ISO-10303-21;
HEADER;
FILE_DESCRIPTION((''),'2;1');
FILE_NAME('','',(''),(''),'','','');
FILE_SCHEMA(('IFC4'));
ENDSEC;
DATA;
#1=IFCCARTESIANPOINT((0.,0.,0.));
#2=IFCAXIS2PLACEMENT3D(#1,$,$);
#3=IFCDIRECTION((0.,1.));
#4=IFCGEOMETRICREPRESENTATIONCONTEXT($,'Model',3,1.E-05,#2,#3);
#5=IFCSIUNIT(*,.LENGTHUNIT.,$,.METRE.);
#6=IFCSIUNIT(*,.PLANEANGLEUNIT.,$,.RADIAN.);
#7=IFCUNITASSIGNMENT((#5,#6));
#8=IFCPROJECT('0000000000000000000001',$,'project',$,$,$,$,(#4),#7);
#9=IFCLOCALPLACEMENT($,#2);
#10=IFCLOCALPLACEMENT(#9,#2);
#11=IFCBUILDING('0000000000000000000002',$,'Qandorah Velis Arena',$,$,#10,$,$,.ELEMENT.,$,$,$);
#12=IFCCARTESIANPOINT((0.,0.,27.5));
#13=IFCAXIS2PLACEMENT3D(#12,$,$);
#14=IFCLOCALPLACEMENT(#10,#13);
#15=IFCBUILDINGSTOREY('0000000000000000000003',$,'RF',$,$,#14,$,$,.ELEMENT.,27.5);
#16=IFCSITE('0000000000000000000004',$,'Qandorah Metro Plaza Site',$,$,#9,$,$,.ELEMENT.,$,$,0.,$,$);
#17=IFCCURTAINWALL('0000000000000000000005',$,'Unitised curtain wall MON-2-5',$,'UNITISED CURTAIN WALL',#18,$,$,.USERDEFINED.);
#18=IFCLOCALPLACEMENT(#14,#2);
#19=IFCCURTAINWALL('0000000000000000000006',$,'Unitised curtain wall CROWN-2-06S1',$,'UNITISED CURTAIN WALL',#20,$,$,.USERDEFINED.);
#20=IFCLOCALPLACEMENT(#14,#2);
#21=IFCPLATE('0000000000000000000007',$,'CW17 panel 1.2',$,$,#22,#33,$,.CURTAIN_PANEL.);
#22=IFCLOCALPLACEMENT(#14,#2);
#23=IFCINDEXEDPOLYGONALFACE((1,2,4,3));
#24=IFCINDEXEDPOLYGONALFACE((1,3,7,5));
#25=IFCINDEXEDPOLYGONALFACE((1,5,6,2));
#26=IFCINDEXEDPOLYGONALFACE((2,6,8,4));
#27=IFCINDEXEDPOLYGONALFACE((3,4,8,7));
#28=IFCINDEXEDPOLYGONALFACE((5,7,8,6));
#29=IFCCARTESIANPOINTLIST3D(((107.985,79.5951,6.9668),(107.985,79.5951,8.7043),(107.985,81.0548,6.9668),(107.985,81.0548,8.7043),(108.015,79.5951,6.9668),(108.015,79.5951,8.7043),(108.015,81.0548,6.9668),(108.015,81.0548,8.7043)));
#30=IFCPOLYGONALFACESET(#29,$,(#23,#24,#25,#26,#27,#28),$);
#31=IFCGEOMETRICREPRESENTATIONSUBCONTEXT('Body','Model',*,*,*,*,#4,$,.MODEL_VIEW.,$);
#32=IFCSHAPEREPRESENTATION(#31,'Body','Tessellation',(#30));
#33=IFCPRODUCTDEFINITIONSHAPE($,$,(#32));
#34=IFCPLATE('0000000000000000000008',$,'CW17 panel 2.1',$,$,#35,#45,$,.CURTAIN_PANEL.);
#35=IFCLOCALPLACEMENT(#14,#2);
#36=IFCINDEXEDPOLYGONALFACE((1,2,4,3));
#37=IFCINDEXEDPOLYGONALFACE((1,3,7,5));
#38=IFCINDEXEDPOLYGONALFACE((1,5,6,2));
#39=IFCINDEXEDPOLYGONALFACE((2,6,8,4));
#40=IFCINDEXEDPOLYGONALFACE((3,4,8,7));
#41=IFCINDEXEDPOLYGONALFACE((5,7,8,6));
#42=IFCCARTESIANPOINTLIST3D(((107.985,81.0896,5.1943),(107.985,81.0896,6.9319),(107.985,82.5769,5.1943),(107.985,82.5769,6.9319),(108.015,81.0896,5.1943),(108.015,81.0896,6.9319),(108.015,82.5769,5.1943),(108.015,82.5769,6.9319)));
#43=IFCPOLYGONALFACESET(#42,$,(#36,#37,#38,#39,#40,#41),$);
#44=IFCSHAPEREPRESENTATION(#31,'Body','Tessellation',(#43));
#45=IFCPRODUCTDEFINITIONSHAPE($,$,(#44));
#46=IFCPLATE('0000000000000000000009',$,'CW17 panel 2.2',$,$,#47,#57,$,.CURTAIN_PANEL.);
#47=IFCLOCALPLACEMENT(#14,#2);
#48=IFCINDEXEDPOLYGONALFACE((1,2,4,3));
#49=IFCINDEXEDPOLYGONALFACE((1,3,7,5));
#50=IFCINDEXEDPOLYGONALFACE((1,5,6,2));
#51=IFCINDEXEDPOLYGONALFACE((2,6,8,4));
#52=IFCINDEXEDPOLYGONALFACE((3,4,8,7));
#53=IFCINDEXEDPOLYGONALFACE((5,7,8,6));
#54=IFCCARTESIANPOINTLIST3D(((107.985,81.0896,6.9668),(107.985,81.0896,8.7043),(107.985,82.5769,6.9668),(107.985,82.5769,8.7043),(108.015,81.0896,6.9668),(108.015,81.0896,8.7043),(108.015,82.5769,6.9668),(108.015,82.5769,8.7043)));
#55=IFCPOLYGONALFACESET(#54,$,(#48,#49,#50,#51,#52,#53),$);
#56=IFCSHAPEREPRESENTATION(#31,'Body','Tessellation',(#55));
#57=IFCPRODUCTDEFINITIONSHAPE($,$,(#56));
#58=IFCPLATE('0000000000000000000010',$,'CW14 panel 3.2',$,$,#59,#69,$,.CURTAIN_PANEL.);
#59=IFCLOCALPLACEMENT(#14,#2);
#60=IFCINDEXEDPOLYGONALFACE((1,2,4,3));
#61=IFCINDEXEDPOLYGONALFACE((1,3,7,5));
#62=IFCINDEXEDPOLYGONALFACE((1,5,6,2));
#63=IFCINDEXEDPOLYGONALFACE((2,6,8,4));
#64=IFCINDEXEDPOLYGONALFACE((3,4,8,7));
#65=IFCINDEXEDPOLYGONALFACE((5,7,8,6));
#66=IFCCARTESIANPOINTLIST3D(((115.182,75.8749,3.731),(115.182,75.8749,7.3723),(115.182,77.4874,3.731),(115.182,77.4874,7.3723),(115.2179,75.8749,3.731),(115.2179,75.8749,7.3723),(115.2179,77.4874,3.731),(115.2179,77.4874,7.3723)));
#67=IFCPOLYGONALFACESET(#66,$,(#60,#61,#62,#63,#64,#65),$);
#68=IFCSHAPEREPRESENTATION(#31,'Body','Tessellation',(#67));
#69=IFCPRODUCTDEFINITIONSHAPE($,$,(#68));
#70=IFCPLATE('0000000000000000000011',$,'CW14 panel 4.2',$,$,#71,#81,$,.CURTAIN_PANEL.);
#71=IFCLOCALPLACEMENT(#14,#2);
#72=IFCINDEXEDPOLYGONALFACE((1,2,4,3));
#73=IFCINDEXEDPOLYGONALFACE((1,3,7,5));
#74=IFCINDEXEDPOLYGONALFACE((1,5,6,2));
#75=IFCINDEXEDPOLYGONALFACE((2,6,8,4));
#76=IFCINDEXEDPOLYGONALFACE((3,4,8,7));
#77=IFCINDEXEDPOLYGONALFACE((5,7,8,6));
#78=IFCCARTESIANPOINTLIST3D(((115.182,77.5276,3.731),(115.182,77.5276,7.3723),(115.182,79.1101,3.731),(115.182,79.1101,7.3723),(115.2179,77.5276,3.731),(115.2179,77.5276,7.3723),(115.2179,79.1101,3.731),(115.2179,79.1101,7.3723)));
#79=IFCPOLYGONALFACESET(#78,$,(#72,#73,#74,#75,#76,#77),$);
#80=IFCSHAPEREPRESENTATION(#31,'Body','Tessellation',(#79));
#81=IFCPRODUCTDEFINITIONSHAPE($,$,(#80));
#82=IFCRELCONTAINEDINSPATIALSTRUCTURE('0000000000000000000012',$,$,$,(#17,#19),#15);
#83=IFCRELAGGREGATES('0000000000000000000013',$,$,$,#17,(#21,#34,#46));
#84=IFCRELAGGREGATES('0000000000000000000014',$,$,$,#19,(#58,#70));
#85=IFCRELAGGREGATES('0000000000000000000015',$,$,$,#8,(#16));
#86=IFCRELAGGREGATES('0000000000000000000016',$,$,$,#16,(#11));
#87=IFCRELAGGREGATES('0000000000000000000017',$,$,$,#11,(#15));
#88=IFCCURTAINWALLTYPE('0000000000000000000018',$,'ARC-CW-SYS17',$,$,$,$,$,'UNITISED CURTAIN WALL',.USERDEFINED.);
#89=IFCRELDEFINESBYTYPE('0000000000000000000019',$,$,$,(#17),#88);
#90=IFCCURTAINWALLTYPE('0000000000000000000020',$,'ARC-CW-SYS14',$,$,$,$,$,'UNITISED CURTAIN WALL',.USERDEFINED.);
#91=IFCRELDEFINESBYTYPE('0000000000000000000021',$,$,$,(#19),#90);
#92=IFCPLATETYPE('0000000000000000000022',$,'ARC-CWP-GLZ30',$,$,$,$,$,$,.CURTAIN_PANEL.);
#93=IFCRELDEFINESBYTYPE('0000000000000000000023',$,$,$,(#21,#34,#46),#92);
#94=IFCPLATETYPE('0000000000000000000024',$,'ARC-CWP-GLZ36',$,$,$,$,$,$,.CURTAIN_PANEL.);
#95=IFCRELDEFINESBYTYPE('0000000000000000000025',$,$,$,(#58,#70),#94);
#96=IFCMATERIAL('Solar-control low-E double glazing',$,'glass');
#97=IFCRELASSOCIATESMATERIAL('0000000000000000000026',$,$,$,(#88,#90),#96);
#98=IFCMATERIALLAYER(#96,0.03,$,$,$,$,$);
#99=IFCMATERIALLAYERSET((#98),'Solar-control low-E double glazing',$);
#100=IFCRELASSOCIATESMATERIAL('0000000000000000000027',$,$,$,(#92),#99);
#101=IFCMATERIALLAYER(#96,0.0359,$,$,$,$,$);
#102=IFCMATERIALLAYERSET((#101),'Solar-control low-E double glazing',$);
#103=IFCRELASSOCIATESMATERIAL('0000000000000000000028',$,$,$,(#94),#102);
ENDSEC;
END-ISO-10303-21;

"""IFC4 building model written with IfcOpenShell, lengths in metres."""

from ifc_helpers import new_model, si_unit, direction, frame, origin, origin_2d, place, context, subcontext, project, spatial, rectangle, extrude, material, layer, layer_set, type_object, element, aggregate, save


model = new_model("IFC4")

# Units and contexts
model_context = context("Model", 3, precision=1e-05, world=origin(), true_north=direction((0.0, 1.0)))
body_context = subcontext(model_context, "Body", "Model", "MODEL_VIEW")
ifc_project = project(units=[si_unit("LENGTHUNIT", "METRE"), si_unit("PLANEANGLEUNIT", "RADIAN")], contexts=[model_context])

# Site, building, storey
site_placement = place(None, origin())
site = spatial("IfcSite", under=ifc_project, at=site_placement, Name="Qandorah Metro Plaza Site", CompositionType="ELEMENT", RefElevation=0.0)
building_placement = place(site_placement, origin())
building = spatial("IfcBuilding", under=site, at=building_placement, Name="Qandorah Velis Arena", CompositionType="ELEMENT")
storey_placement = place(building_placement, frame((0.0, 0.0, 27.5)))
storey = spatial("IfcBuildingStorey", under=building, at=storey_placement, Name="RF", CompositionType="ELEMENT", Elevation=27.5)

# Curtain wall
ifc_material_1 = material(Name="Solar-control low-E double glazing", Category="glass")
curtain_wall_type_1 = type_object("IfcCurtainWallType", Name="ARC-CW-SYS17", ElementType="UNITISED CURTAIN WALL", PredefinedType="USERDEFINED", material=ifc_material_1)
curtain_wall_1_placement = place(storey_placement, origin())
curtain_wall_1 = element("IfcCurtainWall", 1, at=curtain_wall_1_placement, inside=storey, type_object=curtain_wall_type_1, Name="Unitised curtain wall MON-2-5", ObjectType="UNITISED CURTAIN WALL", PredefinedType="USERDEFINED")

# Curtain wall
curtain_wall_type_2 = type_object("IfcCurtainWallType", Name="ARC-CW-SYS14", ElementType="UNITISED CURTAIN WALL", PredefinedType="USERDEFINED", material=ifc_material_1)
curtain_wall_2_placement = place(storey_placement, origin())
curtain_wall_2 = element("IfcCurtainWall", 2, at=curtain_wall_2_placement, inside=storey, type_object=curtain_wall_type_2, Name="Unitised curtain wall CROWN-2-06S1", ObjectType="UNITISED CURTAIN WALL", PredefinedType="USERDEFINED")

# Plates
ifc_layer_1 = layer(ifc_material_1, 0.03)
ifc_layer_set_1 = layer_set([ifc_layer_1], Name="Solar-control low-E double glazing")
plate_type_1 = type_object("IfcPlateType", Name="ARC-CWP-GLZ30", PredefinedType="CURTAIN_PANEL", material=ifc_layer_set_1)
plate_1_placement = place(storey_placement, frame((108.0, 80.325, 6.9668), z_axis=(0.0, 0.0, 1.0), x_axis=(0.0, 1.0, 0.0)))
plate_1 = element("IfcPlate", 3, at=plate_1_placement, type_object=plate_type_1, Name="CW17 panel 1.2", PredefinedType="CURTAIN_PANEL", context=body_context, shape_type="SweptSolid", body=[
    extrude(rectangle(XDim=1.4597, YDim=0.03, at=origin_2d()), origin(), (0.0, 0.0, 1.0), 1.7375),
])
plate_2_placement = place(storey_placement, frame((108.0, 81.8333, 5.1943), z_axis=(0.0, 0.0, 1.0), x_axis=(0.0, 1.0, 0.0)))
plate_2 = element("IfcPlate", 4, at=plate_2_placement, type_object=plate_type_1, Name="CW17 panel 2.1", PredefinedType="CURTAIN_PANEL", context=body_context, shape_type="SweptSolid", body=[
    extrude(rectangle(XDim=1.4873, YDim=0.03, at=origin_2d()), origin(), (0.0, 0.0, 1.0), 1.7375),
])
plate_3_placement = place(storey_placement, frame((108.0, 81.8333, 6.9668), z_axis=(0.0, 0.0, 1.0), x_axis=(0.0, 1.0, 0.0)))
plate_3 = element("IfcPlate", 5, at=plate_3_placement, type_object=plate_type_1, Name="CW17 panel 2.2", PredefinedType="CURTAIN_PANEL", context=body_context, shape_type="SweptSolid", body=[
    extrude(rectangle(XDim=1.4873, YDim=0.03, at=origin_2d()), origin(), (0.0, 0.0, 1.0), 1.7375),
])
aggregate(curtain_wall_1, [plate_1, plate_2, plate_3])
ifc_layer_2 = layer(ifc_material_1, 0.0359)
ifc_layer_set_2 = layer_set([ifc_layer_2], Name="Solar-control low-E double glazing")
plate_type_2 = type_object("IfcPlateType", Name="ARC-CWP-GLZ36", PredefinedType="CURTAIN_PANEL", material=ifc_layer_set_2)
plate_4_placement = place(storey_placement, frame((115.2, 76.6812, 3.731), z_axis=(0.0, 0.0, 1.0), x_axis=(0.0, 1.0, 0.0)))
plate_4 = element("IfcPlate", 6, at=plate_4_placement, type_object=plate_type_2, Name="CW14 panel 3.2", PredefinedType="CURTAIN_PANEL", context=body_context, shape_type="SweptSolid", body=[
    extrude(rectangle(XDim=1.6125, YDim=0.0359, at=origin_2d()), origin(), (0.0, 0.0, 1.0), 3.6414),
])
plate_5_placement = place(storey_placement, frame((115.2, 78.3188, 3.731), z_axis=(0.0, 0.0, 1.0), x_axis=(0.0, 1.0, 0.0)))
plate_5 = element("IfcPlate", 7, at=plate_5_placement, type_object=plate_type_2, Name="CW14 panel 4.2", PredefinedType="CURTAIN_PANEL", context=body_context, shape_type="SweptSolid", body=[
    extrude(rectangle(XDim=1.5825, YDim=0.0359, at=origin_2d()), origin(), (0.0, 0.0, 1.0), 3.6414),
])
aggregate(curtain_wall_2, [plate_4, plate_5])

save(model, "model.ifc")
